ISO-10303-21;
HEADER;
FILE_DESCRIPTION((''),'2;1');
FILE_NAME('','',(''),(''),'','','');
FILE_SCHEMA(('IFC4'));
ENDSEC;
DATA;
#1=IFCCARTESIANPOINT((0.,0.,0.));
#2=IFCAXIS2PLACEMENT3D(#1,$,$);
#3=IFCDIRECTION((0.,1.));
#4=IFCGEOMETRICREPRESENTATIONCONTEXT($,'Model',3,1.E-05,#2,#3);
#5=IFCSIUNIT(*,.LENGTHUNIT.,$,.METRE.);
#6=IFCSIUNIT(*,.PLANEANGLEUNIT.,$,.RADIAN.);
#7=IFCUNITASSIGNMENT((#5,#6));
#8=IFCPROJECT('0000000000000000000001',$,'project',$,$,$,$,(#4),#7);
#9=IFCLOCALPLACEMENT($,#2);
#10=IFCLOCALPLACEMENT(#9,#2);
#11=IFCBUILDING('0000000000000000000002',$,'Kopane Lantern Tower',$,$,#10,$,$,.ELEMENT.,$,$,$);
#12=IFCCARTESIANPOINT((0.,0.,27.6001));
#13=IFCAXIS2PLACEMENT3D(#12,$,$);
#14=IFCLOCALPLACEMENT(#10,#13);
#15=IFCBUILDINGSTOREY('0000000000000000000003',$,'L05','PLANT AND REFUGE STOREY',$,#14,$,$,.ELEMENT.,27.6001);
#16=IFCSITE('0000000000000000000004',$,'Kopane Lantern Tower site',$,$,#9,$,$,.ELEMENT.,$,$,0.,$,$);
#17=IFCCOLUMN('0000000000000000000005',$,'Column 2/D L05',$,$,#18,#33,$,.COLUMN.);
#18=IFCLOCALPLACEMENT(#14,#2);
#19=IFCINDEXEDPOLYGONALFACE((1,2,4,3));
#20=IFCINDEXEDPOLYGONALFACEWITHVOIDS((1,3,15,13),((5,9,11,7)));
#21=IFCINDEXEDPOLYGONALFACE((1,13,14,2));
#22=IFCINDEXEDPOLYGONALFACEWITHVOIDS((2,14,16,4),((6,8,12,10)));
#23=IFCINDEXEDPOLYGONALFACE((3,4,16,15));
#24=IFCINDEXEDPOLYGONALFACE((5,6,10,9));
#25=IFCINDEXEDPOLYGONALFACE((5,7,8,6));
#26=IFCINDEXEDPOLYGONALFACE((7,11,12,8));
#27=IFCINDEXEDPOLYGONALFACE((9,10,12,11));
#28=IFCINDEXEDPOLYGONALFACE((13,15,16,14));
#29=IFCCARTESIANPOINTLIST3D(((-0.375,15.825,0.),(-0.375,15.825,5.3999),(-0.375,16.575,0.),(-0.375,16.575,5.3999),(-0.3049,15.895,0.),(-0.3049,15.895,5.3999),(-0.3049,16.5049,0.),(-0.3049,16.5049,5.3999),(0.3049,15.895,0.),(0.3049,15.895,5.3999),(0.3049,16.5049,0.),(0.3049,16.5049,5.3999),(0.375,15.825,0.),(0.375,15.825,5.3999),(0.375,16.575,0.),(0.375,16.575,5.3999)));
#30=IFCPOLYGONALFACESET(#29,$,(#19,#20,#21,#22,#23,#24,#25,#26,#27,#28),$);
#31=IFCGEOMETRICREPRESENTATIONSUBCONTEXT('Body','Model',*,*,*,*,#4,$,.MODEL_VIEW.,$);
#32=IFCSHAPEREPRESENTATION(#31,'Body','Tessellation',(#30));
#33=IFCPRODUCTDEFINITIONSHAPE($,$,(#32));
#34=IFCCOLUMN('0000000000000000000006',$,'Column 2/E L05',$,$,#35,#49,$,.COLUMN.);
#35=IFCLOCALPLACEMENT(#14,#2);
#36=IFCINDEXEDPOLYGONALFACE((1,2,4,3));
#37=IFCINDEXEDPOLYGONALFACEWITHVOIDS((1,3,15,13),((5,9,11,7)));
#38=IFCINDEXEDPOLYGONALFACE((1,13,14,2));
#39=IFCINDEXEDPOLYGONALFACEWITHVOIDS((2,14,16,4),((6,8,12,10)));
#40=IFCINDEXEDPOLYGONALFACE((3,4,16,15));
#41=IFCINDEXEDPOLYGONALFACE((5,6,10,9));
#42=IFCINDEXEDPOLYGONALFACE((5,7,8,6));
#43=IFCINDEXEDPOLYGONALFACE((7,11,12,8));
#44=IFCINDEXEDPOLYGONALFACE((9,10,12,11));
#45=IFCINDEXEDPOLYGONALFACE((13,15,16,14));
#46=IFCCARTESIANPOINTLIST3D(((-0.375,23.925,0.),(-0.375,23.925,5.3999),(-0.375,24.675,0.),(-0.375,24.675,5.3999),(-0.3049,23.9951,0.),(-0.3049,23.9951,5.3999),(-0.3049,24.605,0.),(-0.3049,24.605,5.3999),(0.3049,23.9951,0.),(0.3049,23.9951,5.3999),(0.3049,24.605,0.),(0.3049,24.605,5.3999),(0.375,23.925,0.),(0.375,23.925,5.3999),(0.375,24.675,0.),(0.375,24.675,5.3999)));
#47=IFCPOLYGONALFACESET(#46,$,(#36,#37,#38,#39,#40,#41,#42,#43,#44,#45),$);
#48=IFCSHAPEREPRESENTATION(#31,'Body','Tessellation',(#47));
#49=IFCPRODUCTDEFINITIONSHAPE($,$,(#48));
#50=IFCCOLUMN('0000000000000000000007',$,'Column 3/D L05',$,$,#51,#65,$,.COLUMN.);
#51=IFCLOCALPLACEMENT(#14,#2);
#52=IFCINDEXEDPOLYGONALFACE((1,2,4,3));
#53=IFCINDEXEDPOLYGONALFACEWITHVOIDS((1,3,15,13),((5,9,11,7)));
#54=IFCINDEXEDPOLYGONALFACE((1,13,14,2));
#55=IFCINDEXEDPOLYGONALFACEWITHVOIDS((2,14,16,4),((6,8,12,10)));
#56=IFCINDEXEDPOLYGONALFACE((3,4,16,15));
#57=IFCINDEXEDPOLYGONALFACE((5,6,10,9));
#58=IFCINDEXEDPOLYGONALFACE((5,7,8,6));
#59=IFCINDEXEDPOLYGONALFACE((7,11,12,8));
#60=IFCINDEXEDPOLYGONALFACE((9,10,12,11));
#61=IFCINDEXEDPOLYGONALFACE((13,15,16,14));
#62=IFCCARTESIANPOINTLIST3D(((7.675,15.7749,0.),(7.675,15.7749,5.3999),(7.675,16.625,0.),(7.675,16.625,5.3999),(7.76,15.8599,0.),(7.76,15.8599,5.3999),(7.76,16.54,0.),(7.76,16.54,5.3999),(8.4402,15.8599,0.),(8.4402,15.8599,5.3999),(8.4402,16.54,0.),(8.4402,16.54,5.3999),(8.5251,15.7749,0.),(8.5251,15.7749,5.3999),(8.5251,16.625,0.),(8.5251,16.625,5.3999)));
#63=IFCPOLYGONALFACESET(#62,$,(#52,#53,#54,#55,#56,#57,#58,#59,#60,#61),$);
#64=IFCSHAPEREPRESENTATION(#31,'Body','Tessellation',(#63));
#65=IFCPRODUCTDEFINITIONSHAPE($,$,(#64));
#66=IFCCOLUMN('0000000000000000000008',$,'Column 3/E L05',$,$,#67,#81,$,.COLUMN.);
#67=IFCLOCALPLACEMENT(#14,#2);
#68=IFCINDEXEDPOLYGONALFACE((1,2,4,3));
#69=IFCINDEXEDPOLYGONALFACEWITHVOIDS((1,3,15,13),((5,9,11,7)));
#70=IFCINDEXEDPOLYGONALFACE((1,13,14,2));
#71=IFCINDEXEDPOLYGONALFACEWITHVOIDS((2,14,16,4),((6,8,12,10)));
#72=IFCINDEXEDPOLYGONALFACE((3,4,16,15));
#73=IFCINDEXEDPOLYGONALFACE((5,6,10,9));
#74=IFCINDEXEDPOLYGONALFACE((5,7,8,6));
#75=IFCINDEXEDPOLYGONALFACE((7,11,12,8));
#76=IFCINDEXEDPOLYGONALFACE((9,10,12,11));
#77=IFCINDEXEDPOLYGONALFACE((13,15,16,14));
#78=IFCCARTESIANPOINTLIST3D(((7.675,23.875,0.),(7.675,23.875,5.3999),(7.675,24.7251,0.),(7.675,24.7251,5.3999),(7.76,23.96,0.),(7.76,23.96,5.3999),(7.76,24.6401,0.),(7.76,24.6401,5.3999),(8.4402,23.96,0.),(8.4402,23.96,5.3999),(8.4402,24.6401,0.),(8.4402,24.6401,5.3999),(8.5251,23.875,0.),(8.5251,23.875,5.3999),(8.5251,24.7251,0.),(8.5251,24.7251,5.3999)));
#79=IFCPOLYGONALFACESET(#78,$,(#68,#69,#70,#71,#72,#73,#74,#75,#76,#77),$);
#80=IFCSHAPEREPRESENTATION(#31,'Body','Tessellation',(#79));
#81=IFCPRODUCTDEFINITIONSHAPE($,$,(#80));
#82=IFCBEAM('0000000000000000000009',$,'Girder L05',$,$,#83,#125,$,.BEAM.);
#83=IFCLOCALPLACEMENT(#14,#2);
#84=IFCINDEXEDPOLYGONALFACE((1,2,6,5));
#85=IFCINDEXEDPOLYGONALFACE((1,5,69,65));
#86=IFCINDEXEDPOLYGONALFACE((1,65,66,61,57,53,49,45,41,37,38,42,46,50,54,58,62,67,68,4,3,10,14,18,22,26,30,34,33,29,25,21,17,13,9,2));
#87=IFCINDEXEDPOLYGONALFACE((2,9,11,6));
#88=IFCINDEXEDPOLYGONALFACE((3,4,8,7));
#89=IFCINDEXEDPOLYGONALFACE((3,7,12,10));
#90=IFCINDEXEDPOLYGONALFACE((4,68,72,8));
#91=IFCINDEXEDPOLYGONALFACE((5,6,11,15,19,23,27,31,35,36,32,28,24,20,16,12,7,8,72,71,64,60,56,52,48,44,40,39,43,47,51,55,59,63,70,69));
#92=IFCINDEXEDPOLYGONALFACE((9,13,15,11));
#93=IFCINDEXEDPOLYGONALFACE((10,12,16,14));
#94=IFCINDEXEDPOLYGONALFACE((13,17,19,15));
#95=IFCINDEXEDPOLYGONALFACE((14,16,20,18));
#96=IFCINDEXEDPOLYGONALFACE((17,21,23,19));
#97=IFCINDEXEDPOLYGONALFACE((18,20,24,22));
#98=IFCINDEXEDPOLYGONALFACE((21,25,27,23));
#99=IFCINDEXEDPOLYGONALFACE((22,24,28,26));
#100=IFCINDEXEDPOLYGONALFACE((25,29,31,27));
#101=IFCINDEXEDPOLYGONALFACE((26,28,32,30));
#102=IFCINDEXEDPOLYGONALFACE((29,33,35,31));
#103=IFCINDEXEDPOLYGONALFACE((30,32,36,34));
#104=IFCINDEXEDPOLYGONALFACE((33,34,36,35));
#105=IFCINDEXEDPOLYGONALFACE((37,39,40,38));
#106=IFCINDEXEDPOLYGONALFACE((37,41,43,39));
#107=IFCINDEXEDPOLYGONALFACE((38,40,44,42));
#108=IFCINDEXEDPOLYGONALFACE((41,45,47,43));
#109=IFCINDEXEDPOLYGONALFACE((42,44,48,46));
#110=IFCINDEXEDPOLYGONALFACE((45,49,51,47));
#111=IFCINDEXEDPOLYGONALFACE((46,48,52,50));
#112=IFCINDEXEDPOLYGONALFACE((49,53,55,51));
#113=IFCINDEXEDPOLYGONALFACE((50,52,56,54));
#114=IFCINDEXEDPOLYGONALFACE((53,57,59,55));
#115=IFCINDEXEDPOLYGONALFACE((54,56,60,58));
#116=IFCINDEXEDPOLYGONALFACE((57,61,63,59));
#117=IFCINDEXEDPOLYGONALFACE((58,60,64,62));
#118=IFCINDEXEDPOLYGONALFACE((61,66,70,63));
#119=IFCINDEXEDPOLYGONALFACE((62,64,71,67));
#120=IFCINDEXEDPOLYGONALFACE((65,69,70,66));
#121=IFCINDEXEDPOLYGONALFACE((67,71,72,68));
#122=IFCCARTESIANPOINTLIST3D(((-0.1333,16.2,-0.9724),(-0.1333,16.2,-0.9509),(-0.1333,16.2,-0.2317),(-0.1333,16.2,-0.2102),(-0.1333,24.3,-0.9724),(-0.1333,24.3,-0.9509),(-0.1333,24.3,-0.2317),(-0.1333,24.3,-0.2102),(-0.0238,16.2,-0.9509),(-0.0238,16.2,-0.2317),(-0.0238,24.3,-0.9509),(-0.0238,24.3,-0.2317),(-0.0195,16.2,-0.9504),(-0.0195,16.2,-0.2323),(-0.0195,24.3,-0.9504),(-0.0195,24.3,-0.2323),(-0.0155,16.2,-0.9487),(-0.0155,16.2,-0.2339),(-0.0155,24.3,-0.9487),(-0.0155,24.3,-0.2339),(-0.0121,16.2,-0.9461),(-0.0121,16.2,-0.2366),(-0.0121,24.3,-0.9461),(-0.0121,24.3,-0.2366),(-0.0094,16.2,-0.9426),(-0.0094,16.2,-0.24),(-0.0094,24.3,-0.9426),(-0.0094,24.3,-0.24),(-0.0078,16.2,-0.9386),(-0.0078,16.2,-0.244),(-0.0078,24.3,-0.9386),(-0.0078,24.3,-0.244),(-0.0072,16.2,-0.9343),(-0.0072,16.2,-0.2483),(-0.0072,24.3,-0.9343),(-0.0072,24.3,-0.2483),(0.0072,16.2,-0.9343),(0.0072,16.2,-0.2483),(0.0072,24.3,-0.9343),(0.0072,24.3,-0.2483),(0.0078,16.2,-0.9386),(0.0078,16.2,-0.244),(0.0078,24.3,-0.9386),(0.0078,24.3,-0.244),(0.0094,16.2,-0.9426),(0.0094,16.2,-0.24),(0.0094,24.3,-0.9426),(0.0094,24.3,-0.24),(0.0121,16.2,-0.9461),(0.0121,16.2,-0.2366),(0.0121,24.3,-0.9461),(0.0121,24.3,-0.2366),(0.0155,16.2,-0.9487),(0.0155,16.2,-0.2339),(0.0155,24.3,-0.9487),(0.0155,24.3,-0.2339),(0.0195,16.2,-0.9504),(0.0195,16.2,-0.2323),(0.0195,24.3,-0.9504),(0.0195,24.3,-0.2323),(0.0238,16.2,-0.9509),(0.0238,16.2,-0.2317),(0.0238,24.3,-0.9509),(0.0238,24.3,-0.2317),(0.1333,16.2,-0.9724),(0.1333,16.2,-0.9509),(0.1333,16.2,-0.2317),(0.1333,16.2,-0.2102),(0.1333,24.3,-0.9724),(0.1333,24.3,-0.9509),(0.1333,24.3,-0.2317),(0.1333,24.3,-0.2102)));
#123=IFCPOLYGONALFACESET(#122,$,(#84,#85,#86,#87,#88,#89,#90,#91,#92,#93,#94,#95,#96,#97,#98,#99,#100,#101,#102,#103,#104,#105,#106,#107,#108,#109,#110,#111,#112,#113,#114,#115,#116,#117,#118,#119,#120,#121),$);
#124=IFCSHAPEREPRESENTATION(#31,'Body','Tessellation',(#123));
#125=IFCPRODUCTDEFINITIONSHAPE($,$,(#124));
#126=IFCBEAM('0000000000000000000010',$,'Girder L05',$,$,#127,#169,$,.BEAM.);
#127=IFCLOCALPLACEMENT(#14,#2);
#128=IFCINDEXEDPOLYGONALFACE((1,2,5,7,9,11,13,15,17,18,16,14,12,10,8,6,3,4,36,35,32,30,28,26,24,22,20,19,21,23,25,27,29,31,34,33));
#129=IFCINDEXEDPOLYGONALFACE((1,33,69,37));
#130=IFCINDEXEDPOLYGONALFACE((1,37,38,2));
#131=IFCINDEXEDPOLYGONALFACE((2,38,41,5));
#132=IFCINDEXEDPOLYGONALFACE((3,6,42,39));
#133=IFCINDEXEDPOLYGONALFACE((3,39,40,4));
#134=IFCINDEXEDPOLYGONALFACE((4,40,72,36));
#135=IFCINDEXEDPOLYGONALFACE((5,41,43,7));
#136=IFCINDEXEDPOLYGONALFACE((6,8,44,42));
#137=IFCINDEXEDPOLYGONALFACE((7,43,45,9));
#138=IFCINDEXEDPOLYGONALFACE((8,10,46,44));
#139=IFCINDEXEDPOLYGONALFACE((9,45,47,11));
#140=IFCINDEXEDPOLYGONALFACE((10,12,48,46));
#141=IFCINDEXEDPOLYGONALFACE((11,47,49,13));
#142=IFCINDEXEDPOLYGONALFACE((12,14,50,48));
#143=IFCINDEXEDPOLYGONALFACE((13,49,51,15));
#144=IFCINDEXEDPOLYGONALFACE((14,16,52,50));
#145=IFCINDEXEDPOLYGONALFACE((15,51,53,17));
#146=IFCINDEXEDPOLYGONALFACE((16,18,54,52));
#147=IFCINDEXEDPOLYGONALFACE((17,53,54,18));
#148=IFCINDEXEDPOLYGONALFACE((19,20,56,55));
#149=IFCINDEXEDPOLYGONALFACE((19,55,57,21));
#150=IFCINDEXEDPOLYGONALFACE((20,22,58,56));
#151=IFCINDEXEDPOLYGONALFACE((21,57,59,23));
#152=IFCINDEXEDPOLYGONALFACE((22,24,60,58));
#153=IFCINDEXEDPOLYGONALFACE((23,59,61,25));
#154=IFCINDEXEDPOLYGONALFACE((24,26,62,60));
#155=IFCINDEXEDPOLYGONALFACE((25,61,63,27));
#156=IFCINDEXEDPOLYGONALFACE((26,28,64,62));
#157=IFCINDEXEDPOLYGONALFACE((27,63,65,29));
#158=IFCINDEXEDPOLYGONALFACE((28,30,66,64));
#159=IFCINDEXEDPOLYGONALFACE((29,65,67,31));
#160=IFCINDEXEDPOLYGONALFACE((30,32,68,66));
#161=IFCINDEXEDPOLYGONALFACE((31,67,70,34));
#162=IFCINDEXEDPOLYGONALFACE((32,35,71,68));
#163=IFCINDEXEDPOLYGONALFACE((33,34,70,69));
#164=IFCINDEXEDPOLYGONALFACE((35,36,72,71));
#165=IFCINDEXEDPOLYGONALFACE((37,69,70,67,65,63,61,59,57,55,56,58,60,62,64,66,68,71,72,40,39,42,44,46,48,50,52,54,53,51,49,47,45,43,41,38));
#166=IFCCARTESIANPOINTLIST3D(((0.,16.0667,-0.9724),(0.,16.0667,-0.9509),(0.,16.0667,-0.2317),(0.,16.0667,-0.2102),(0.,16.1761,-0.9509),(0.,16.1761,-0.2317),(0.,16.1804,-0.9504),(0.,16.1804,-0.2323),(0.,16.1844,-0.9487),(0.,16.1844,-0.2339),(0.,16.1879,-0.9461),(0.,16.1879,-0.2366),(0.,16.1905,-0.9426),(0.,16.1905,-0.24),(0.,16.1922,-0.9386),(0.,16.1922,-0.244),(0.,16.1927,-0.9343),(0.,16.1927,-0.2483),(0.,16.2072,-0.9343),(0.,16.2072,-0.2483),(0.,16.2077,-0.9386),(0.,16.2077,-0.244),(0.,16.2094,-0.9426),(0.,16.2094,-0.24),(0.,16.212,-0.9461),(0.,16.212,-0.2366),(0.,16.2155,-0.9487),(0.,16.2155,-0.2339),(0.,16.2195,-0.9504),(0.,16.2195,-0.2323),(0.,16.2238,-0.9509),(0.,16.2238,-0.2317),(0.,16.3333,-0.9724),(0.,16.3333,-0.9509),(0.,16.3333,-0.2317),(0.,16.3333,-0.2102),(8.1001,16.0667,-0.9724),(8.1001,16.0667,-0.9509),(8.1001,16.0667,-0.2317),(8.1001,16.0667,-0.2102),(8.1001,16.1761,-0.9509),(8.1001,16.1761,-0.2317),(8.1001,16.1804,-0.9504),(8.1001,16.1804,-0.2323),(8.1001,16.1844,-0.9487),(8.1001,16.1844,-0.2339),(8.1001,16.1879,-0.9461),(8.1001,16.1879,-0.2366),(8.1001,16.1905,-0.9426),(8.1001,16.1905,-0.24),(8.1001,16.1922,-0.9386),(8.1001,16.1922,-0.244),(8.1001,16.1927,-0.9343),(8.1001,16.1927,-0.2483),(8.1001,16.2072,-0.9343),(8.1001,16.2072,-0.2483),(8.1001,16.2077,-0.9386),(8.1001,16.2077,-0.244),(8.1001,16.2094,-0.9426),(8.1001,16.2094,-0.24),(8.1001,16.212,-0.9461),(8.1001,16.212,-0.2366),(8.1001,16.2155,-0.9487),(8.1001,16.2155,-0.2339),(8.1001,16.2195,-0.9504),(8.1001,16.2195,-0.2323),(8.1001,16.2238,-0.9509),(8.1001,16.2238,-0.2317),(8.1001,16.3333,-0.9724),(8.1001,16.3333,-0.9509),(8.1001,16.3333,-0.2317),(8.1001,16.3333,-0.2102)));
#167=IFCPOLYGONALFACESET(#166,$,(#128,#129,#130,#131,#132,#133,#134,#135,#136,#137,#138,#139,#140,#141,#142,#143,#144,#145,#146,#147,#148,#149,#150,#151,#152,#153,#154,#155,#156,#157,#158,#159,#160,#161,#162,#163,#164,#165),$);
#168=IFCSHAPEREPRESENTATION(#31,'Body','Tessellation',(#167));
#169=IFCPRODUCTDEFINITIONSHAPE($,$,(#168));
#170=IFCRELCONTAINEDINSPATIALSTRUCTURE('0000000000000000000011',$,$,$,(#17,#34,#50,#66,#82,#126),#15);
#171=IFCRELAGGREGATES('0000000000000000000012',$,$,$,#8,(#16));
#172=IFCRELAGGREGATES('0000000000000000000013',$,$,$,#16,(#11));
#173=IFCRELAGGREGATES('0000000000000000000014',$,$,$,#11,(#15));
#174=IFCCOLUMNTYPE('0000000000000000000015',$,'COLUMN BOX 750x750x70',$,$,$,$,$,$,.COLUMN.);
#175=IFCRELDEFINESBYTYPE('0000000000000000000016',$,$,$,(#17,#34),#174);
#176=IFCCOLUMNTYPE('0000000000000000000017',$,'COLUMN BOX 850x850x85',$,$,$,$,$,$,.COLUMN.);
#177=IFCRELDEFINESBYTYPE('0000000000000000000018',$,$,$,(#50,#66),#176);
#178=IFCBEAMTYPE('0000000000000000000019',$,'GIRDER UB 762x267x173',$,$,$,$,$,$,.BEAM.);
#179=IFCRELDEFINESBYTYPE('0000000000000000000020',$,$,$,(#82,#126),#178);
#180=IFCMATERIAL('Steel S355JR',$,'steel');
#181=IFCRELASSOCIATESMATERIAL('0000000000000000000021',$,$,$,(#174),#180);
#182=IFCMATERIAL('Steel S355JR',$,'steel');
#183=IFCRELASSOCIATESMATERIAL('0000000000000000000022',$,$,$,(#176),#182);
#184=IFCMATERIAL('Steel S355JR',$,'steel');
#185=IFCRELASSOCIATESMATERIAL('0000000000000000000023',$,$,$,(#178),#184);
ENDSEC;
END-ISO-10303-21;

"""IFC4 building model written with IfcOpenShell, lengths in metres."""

from ifc_helpers import new_model, si_unit, direction, frame, origin, origin_2d, place, context, subcontext, project, spatial, hollow_rectangle, i_section, extrude, material, material_profile, profile_set, type_object, element, save


model = new_model("IFC4")

# Units and contexts
model_context = context("Model", 3, precision=1e-05, world=origin(), true_north=direction((0.0, 1.0)))
body_context = subcontext(model_context, "Body", "Model", "MODEL_VIEW")
ifc_project = project(units=[si_unit("LENGTHUNIT", "METRE"), si_unit("PLANEANGLEUNIT", "RADIAN")], contexts=[model_context])

# Site, building, storey
site_placement = place(None, origin())
site = spatial("IfcSite", under=ifc_project, at=site_placement, Name="Kopane Lantern Tower site", CompositionType="ELEMENT", RefElevation=0.0)
building_placement = place(site_placement, origin())
building = spatial("IfcBuilding", under=site, at=building_placement, Name="Kopane Lantern Tower", CompositionType="ELEMENT")
storey_placement = place(building_placement, frame((0.0, 0.0, 27.6001)))
storey = spatial("IfcBuildingStorey", under=building, at=storey_placement, Name="L05", Description="PLANT AND REFUGE STOREY", CompositionType="ELEMENT", Elevation=27.6001)

# Columns
ifc_material_1 = material(Name="Steel S355JR", Category="steel")
ifc_material_profile_1 = material_profile(ifc_material_1, hollow_rectangle(XDim=0.75, YDim=0.75, WallThickness=0.0701, at=origin_2d()), Name="BOX 750x750x70")
ifc_profile_set_1 = profile_set([ifc_material_profile_1], Name="Steel S355JR")
column_type_1 = type_object("IfcColumnType", Name="COLUMN BOX 750x750x70", PredefinedType="COLUMN", material=ifc_profile_set_1)
for number, where, z_axis, x_axis, name in (
    (1, (0.0, 16.2, 0.0), (0.0, 0.0, 1.0), (1.0, 0.0, 0.0), "Column 2/D L05"),
    (2, (0.0, 24.3, 0.0), (0.0, 0.0, 1.0), (1.0, 0.0, 0.0), "Column 2/E L05"),
):
    element("IfcColumn", number, at=place(storey_placement, frame(where, z_axis=z_axis, x_axis=x_axis)), inside=storey, type_object=column_type_1, Name=name, PredefinedType="COLUMN", context=body_context, shape_type="SweptSolid", body=[
        extrude(hollow_rectangle(XDim=0.75, YDim=0.75, WallThickness=0.0701, at=origin_2d()), origin(), (0.0, 0.0, 1.0), 5.3999),
    ])
ifc_material_2 = material(Name="Steel S355JR", Category="steel")
ifc_material_profile_2 = material_profile(ifc_material_2, hollow_rectangle(XDim=0.8501, YDim=0.8501, WallThickness=0.085, at=origin_2d()), Name="BOX 850x850x85")
ifc_profile_set_2 = profile_set([ifc_material_profile_2], Name="Steel S355JR")
column_type_2 = type_object("IfcColumnType", Name="COLUMN BOX 850x850x85", PredefinedType="COLUMN", material=ifc_profile_set_2)
for number, where, z_axis, x_axis, name in (
    (3, (8.1001, 16.2, 0.0), (0.0, 0.0, 1.0), (1.0, 0.0, 0.0), "Column 3/D L05"),
    (4, (8.1001, 24.3, 0.0), (0.0, 0.0, 1.0), (1.0, 0.0, 0.0), "Column 3/E L05"),
):
    element("IfcColumn", number, at=place(storey_placement, frame(where, z_axis=z_axis, x_axis=x_axis)), inside=storey, type_object=column_type_2, Name=name, PredefinedType="COLUMN", context=body_context, shape_type="SweptSolid", body=[
        extrude(hollow_rectangle(XDim=0.8501, YDim=0.8501, WallThickness=0.085, at=origin_2d()), origin(), (0.0, 0.0, 1.0), 5.3999),
    ])

# Beams
ifc_material_3 = material(Name="Steel S355JR", Category="steel")
ifc_material_profile_3 = material_profile(ifc_material_3, i_section(OverallWidth=0.2666, OverallDepth=0.7622, WebThickness=0.0144, FlangeThickness=0.0215, FilletRadius=0.0166, at=origin_2d()), Name="UB 762x267x173")
ifc_profile_set_3 = profile_set([ifc_material_profile_3], Name="Steel S355JR")
beam_type = type_object("IfcBeamType", Name="GIRDER UB 762x267x173", PredefinedType="BEAM", material=ifc_profile_set_3)
for number, where, z_axis, x_axis, name in (
    (5, (0.0, 16.2, -0.5913), (0.0, 1.0, 0.0), (-1.0, 0.0, 0.0), "Girder L05"),
    (6, (0.0, 16.2, -0.5913), (1.0, 0.0, 0.0), (0.0, 1.0, 0.0), "Girder L05"),
):
    element("IfcBeam", number, at=place(storey_placement, frame(where, z_axis=z_axis, x_axis=x_axis)), inside=storey, type_object=beam_type, Name=name, PredefinedType="BEAM", context=body_context, shape_type="SweptSolid", body=[
        extrude(i_section(OverallWidth=0.2666, OverallDepth=0.7622, WebThickness=0.0144, FlangeThickness=0.0215, FilletRadius=0.0166, at=origin_2d()), origin(), (0.0, 0.0, 1.0), 8.1001),
    ])

save(model, "model.ifc")
